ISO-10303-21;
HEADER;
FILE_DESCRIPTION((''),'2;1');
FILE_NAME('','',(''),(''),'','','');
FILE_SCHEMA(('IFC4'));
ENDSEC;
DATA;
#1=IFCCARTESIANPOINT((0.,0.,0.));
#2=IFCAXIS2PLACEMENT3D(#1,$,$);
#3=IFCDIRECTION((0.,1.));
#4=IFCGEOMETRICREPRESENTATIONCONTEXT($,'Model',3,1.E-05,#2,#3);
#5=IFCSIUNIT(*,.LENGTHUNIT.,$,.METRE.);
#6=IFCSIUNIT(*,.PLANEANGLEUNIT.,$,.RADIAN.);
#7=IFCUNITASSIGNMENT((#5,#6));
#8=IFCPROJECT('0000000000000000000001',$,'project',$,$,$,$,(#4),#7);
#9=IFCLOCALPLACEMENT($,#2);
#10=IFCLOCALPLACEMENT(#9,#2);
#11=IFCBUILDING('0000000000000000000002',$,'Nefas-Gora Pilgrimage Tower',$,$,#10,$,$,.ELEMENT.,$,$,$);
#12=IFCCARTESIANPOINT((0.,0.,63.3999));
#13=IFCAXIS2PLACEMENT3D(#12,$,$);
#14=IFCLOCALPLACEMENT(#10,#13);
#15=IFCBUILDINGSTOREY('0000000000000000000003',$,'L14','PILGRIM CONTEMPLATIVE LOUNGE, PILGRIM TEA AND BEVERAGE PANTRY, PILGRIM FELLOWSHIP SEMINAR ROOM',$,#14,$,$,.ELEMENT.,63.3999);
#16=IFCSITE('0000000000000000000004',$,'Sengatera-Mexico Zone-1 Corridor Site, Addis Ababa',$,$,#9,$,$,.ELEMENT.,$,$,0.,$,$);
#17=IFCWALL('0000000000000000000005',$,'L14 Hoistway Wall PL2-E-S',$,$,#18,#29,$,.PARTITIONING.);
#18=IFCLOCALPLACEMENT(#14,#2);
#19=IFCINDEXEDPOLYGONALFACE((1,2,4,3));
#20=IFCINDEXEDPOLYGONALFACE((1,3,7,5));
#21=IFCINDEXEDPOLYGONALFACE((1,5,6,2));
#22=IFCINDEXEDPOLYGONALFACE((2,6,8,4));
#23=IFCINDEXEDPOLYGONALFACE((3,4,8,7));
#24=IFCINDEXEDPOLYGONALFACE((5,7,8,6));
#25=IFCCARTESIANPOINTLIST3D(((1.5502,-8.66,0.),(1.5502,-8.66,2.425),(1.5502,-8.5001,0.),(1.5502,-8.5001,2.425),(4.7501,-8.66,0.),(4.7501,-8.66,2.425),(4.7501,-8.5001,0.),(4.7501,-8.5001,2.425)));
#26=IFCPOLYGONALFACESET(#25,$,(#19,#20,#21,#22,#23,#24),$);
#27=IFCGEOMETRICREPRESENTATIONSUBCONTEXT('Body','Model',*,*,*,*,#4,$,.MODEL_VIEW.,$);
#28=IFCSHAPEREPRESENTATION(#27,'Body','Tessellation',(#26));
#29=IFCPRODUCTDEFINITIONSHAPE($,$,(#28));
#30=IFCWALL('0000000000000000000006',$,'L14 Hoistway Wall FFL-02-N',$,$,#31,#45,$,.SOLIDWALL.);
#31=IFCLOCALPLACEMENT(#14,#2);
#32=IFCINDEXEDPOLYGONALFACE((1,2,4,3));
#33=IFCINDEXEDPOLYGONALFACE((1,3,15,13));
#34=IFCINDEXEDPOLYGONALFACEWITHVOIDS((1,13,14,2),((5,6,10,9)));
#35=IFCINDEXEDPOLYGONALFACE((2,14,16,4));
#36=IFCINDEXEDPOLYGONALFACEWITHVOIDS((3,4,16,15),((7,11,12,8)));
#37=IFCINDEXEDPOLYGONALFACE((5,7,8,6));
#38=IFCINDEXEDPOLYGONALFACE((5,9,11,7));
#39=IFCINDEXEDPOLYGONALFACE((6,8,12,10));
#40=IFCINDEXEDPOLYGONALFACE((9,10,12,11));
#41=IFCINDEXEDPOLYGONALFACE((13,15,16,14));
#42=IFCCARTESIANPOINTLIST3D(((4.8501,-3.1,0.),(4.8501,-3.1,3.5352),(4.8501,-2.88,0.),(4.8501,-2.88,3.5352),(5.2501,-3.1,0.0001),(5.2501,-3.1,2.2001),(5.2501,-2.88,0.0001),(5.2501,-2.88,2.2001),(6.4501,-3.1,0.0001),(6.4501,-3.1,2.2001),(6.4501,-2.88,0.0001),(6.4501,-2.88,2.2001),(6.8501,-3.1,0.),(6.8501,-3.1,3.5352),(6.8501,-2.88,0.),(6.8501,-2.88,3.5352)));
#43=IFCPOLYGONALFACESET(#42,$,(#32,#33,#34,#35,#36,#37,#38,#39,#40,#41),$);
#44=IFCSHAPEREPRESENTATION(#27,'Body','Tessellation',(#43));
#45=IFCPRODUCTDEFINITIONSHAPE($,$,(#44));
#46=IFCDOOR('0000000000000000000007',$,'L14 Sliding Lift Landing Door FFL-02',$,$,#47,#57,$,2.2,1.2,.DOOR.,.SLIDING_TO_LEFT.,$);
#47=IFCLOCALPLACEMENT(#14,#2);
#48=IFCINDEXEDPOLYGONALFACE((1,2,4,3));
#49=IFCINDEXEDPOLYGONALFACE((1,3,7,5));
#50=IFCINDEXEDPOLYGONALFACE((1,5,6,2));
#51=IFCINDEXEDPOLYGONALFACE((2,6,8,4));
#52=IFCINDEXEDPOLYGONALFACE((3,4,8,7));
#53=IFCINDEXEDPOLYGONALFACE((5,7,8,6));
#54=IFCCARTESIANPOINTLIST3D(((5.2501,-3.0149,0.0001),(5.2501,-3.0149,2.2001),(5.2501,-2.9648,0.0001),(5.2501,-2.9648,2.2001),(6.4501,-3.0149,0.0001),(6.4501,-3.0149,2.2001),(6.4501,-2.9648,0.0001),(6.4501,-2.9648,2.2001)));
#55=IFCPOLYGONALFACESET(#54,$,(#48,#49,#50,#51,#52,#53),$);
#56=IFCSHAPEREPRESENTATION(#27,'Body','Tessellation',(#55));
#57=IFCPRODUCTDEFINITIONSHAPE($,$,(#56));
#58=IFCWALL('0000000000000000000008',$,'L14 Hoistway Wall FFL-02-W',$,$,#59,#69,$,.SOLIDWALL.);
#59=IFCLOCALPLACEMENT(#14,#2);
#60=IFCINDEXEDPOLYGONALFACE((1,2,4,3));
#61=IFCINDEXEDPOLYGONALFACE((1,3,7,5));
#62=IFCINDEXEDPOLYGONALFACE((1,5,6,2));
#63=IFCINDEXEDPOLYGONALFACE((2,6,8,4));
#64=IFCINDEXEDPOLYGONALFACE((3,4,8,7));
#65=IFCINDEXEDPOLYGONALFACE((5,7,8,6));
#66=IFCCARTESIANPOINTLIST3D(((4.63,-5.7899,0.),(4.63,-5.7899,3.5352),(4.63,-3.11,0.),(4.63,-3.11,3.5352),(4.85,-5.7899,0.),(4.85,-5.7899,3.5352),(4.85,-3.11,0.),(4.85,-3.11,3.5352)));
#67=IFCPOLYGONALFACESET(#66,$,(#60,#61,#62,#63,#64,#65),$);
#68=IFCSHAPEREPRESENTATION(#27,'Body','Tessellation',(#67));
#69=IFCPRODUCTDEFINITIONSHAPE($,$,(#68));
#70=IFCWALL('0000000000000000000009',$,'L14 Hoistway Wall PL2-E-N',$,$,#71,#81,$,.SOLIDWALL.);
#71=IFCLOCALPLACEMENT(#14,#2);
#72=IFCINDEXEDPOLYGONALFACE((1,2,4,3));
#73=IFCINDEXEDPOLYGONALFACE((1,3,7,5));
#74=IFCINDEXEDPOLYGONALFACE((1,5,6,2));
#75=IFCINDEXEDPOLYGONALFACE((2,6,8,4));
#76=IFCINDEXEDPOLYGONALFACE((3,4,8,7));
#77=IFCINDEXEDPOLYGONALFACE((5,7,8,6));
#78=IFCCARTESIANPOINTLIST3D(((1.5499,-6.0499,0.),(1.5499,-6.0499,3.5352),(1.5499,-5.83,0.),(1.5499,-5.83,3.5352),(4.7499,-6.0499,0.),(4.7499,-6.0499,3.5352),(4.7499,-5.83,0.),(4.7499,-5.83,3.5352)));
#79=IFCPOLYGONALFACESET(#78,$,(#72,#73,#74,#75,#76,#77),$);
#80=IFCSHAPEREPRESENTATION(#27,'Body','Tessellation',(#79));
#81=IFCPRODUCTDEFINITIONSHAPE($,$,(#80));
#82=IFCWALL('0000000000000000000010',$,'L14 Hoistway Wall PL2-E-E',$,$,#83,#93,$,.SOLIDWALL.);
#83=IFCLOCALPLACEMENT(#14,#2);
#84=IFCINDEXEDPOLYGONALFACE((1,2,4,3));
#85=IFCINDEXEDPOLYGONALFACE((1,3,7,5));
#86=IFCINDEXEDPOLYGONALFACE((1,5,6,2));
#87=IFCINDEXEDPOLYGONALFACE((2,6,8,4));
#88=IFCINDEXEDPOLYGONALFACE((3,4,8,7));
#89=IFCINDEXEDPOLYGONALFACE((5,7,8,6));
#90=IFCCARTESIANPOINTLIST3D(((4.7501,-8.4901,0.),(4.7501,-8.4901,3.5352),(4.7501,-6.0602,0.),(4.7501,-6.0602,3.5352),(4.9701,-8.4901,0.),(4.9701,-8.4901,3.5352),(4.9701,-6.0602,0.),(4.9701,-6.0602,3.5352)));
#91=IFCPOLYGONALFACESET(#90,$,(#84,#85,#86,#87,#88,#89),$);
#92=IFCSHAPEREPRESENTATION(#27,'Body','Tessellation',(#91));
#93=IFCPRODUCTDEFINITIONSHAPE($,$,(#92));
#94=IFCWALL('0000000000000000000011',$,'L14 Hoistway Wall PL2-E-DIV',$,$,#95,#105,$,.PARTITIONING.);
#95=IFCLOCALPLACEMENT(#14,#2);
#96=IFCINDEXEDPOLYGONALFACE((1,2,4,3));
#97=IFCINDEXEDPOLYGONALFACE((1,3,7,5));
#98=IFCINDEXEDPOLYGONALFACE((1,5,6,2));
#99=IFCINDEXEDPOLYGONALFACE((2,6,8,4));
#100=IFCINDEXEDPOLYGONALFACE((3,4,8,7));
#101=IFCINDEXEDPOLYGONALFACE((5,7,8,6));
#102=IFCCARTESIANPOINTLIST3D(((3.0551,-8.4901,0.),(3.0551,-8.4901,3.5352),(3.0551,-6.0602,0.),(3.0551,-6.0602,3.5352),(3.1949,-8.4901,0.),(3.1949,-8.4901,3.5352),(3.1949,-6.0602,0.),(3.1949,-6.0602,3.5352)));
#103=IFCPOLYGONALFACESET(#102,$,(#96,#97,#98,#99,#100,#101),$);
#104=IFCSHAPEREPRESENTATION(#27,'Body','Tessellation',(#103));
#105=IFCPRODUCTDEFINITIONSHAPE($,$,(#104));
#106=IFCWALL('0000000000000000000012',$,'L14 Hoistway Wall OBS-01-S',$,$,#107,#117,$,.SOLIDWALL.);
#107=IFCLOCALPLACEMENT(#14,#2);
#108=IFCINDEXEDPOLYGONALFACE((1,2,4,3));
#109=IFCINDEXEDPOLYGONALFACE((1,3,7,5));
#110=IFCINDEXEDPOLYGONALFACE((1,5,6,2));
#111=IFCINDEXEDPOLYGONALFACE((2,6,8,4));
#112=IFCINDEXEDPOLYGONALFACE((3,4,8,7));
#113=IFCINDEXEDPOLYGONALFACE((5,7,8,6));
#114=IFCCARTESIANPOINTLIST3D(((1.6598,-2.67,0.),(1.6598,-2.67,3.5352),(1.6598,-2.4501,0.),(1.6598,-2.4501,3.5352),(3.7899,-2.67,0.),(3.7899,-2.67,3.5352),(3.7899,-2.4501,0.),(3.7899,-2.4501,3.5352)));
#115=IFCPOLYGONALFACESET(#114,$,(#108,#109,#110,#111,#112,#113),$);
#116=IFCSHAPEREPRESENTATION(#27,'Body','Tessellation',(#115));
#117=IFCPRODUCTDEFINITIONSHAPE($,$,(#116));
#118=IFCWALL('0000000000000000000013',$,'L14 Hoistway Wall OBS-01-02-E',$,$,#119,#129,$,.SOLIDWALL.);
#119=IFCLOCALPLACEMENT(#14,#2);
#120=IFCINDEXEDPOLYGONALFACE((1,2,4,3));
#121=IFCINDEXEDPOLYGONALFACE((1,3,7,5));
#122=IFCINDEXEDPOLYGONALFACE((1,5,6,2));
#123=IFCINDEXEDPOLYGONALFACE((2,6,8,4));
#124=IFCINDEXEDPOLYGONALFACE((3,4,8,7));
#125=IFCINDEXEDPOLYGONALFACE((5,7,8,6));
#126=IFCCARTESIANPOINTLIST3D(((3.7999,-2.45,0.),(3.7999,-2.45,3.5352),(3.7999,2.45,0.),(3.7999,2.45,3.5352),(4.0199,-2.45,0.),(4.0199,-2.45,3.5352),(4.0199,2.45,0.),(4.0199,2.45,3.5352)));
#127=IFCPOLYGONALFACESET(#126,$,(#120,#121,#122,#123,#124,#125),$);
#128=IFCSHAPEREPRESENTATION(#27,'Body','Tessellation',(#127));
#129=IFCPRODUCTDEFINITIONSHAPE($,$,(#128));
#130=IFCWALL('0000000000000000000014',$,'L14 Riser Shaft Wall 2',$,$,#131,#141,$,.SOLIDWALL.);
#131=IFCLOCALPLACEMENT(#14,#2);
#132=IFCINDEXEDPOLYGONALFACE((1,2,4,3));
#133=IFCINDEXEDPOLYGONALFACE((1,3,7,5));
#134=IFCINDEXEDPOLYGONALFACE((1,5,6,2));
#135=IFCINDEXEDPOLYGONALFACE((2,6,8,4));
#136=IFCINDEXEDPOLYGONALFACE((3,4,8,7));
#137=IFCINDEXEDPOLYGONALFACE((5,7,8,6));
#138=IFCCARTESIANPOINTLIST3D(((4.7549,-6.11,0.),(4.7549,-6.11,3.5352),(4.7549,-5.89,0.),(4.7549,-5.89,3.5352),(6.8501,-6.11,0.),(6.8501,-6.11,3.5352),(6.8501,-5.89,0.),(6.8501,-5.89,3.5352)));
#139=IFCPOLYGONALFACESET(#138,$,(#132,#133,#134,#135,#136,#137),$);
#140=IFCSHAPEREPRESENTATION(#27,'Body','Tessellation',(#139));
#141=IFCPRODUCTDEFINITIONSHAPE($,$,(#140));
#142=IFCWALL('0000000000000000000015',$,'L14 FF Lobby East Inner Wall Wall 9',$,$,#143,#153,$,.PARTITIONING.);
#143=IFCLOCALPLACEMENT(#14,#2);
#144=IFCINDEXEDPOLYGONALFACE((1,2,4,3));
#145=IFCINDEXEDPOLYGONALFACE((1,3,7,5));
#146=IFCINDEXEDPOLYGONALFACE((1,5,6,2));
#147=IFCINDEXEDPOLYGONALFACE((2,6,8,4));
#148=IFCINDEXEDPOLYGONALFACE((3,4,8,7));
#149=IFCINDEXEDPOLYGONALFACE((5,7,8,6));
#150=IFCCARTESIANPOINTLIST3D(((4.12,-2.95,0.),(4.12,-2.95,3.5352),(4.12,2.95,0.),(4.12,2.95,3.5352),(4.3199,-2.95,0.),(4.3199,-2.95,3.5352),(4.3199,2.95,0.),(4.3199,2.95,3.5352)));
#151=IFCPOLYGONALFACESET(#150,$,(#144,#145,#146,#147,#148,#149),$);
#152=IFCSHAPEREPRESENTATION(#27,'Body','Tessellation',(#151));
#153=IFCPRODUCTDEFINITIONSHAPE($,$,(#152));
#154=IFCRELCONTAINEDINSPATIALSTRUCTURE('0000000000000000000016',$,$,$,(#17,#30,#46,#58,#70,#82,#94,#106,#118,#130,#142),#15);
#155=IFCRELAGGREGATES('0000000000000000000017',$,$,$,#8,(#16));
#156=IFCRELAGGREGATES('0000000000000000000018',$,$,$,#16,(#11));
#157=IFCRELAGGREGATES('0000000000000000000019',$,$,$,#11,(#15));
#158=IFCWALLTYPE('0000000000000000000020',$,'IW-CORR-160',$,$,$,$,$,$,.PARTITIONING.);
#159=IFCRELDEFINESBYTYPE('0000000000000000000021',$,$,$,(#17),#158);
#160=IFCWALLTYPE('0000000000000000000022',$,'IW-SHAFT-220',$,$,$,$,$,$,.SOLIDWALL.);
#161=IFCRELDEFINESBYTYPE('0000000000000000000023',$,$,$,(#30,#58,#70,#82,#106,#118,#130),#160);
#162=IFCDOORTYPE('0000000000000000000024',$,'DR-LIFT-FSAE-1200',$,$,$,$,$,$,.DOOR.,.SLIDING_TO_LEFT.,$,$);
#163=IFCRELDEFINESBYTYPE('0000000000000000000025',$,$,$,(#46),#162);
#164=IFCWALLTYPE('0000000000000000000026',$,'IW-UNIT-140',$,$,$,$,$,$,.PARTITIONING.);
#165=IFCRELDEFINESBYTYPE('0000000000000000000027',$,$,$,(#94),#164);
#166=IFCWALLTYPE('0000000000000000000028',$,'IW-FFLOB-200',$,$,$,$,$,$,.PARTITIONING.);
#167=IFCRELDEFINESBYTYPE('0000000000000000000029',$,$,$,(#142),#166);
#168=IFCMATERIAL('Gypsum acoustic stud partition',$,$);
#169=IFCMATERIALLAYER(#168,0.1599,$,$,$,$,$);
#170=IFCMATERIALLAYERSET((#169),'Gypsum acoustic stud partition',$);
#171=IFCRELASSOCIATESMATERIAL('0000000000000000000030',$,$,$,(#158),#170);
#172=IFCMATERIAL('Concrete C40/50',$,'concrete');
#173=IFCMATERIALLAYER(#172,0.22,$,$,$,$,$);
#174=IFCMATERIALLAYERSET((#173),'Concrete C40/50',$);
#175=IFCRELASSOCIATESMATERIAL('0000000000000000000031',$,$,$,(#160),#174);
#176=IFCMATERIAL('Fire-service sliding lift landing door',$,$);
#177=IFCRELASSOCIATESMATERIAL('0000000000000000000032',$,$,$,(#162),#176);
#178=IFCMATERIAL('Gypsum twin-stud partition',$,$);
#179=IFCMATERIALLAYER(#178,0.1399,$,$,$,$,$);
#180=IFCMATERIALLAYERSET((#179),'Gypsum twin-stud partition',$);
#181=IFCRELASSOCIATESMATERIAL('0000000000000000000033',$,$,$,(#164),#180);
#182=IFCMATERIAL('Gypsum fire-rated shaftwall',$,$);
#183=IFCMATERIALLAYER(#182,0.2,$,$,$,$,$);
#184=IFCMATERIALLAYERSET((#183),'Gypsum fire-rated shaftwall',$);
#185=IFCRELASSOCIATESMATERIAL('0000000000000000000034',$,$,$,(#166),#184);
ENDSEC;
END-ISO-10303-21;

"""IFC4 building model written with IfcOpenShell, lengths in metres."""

from ifc_helpers import new_model, si_unit, direction, frame, frame_2d, origin, place, context, subcontext, project, spatial, rectangle, extrude, source, transform, mapped, material, layer, layer_set, type_object, element, fill, save


model = new_model("IFC4")

# Units and contexts
model_context = context("Model", 3, precision=1e-05, world=origin(), true_north=direction((0.0, 1.0)))
body_context = subcontext(model_context, "Body", "Model", "MODEL_VIEW")
ifc_project = project(units=[si_unit("LENGTHUNIT", "METRE"), si_unit("PLANEANGLEUNIT", "RADIAN")], contexts=[model_context])

# Site, building, storey
site_placement = place(None, origin())
site = spatial("IfcSite", under=ifc_project, at=site_placement, Name="Sengatera-Mexico Zone-1 Corridor Site, Addis Ababa", CompositionType="ELEMENT", RefElevation=0.0)
building_placement = place(site_placement, origin())
building = spatial("IfcBuilding", under=site, at=building_placement, Name="Nefas-Gora Pilgrimage Tower", CompositionType="ELEMENT")
storey_placement = place(building_placement, frame((0.0, 0.0, 63.3999)))
storey = spatial("IfcBuildingStorey", under=building, at=storey_placement, Name="L14", Description="PILGRIM CONTEMPLATIVE LOUNGE, PILGRIM TEA AND BEVERAGE PANTRY, PILGRIM FELLOWSHIP SEMINAR ROOM", CompositionType="ELEMENT", Elevation=63.3999)

# Wall
ifc_material_1 = material(Name="Gypsum acoustic stud partition")
ifc_layer_1 = layer(ifc_material_1, 0.1599)
ifc_layer_set_1 = layer_set([ifc_layer_1], Name="Gypsum acoustic stud partition")
wall_type_1 = type_object("IfcWallType", Name="IW-CORR-160", PredefinedType="PARTITIONING", material=ifc_layer_set_1)
shared_shape_1 = source(origin(), body_context, "Body", "SweptSolid", [
    extrude(rectangle(XDim=3.2, YDim=0.1599, at=frame_2d((1.6001, 0.0))), origin(), (0.0, 0.0, 1.0), 2.425),
])
wall_1_placement = place(storey_placement, frame((1.55, -8.5801, 0.0), z_axis=(0.0, 0.0, 1.0), x_axis=(1.0, 0.0, 0.0)))
element("IfcWall", 1, at=wall_1_placement, inside=storey, type_object=wall_type_1, Name="L14 Hoistway Wall PL2-E-S", PredefinedType="PARTITIONING", context=body_context, shape_type="MappedRepresentation", body=[
    mapped(shared_shape_1, transform((0.0, 0.0, 0.0), x_axis=(1.0, 0.0, 0.0), y_axis=(0.0, 1.0, 0.0), z_axis=(0.0, 0.0, 1.0), scale=1.0)),
])

# Wall, opening, door
ifc_material_2 = material(Name="Concrete C40/50", Category="concrete")
ifc_layer_2 = layer(ifc_material_2, 0.22)
ifc_layer_set_2 = layer_set([ifc_layer_2], Name="Concrete C40/50")
wall_type_2 = type_object("IfcWallType", Name="IW-SHAFT-220", PredefinedType="SOLIDWALL", material=ifc_layer_set_2)
shared_shape_2 = source(origin(), body_context, "Body", "SweptSolid", [
    extrude(rectangle(XDim=2.0, YDim=0.22, at=frame_2d((1.0, 0.0))), origin(), (0.0, 0.0, 1.0), 3.5352),
])
wall_2_placement = place(storey_placement, frame((6.8501, -2.99, 0.0), z_axis=(0.0, 0.0, 1.0), x_axis=(-1.0, 0.0, 0.0)))
wall_2 = element("IfcWall", 2, at=wall_2_placement, inside=storey, type_object=wall_type_2, Name="L14 Hoistway Wall FFL-02-N", PredefinedType="SOLIDWALL", context=body_context, shape_type="MappedRepresentation", body=[
    mapped(shared_shape_2, transform((0.0, 0.0, 0.0), x_axis=(1.0, 0.0, 0.0), y_axis=(0.0, 1.0, 0.0), z_axis=(0.0, 0.0, 1.0), scale=1.0)),
])
opening_1_placement = place(wall_2_placement, frame((0.3999, 0.0, 0.0)))
opening_1 = element("IfcOpeningElement", 3, at=opening_1_placement, cuts=wall_2, PredefinedType="OPENING", context=body_context, shape_type="SweptSolid", body=[
    extrude(rectangle(XDim=1.2, YDim=2.2, at=frame_2d((0.6001, 1.1001))), frame((0.0, 0.1199, 0.0), z_axis=(0.0, -1.0, 0.0), x_axis=(1.0, 0.0, 0.0)), (0.0, 0.0, 1.0), 0.24),
])
ifc_material_3 = material(Name="Fire-service sliding lift landing door")
door_type_1 = type_object("IfcDoorType", Name="DR-LIFT-FSAE-1200", OperationType="SLIDING_TO_LEFT", PredefinedType="DOOR", material=ifc_material_3)
shared_shape_3 = source(origin(), body_context, "Body", "SweptSolid", [
    extrude(rectangle(XDim=1.2, YDim=2.2, at=frame_2d((0.6001, 1.1001))), frame((0.0, 0.0249, 0.0), z_axis=(0.0, -1.0, 0.0), x_axis=(1.0, 0.0, 0.0)), (0.0, 0.0, 1.0), 0.05),
])
door_1_placement = place(opening_1_placement, origin())
door_1 = element("IfcDoor", 4, at=door_1_placement, inside=storey, type_object=door_type_1, Name="L14 Sliding Lift Landing Door FFL-02", OperationType="SLIDING_TO_LEFT", OverallHeight=2.2, OverallWidth=1.2, PredefinedType="DOOR", context=body_context, shape_type="MappedRepresentation", body=[
    mapped(shared_shape_3, transform((0.0, 0.0, 0.0), x_axis=(1.0, 0.0, 0.0), y_axis=(0.0, 1.0, 0.0), z_axis=(0.0, 0.0, 1.0), scale=1.0)),
])
fill(opening_1, door_1)

# Walls
shared_shape_4 = source(origin(), body_context, "Body", "SweptSolid", [
    extrude(rectangle(XDim=2.6799, YDim=0.22, at=frame_2d((1.3398, 0.0))), origin(), (0.0, 0.0, 1.0), 3.5352),
])
wall_3_placement = place(storey_placement, frame((4.74, -3.1101, 0.0), z_axis=(0.0, 0.0, 1.0), x_axis=(0.0, -1.0, 0.0)))
element("IfcWall", 5, at=wall_3_placement, inside=storey, type_object=wall_type_2, Name="L14 Hoistway Wall FFL-02-W", PredefinedType="SOLIDWALL", context=body_context, shape_type="MappedRepresentation", body=[
    mapped(shared_shape_4, transform((0.0, 0.0, 0.0), x_axis=(1.0, 0.0, 0.0), y_axis=(0.0, 1.0, 0.0), z_axis=(0.0, 0.0, 1.0), scale=1.0)),
])
shared_shape_5 = source(origin(), body_context, "Body", "SweptSolid", [
    extrude(rectangle(XDim=3.2, YDim=0.22, at=frame_2d((1.6001, 0.0))), origin(), (0.0, 0.0, 1.0), 3.5352),
])
wall_4_placement = place(storey_placement, frame((4.75, -5.9399, 0.0), z_axis=(0.0, 0.0, 1.0), x_axis=(-1.0, 0.0, 0.0)))
element("IfcWall", 6, at=wall_4_placement, inside=storey, type_object=wall_type_2, Name="L14 Hoistway Wall PL2-E-N", PredefinedType="SOLIDWALL", context=body_context, shape_type="MappedRepresentation", body=[
    mapped(shared_shape_5, transform((0.0, 0.0, 0.0), x_axis=(1.0, 0.0, 0.0), y_axis=(0.0, 1.0, 0.0), z_axis=(0.0, 0.0, 1.0), scale=1.0)),
])
shared_shape_6 = source(origin(), body_context, "Body", "SweptSolid", [
    extrude(rectangle(XDim=2.4299, YDim=0.22, at=frame_2d((1.2148, 0.0))), origin(), (0.0, 0.0, 1.0), 3.5352),
])
for number, where, z_axis, x_axis, name in (
    (7, (4.8601, -8.49, 0.0), (0.0, 0.0, 1.0), (0.0, 1.0, 0.0), "L14 Hoistway Wall PL2-E-E"),
):
    element("IfcWall", number, at=place(storey_placement, frame(where, z_axis=z_axis, x_axis=x_axis)), inside=storey, type_object=wall_type_2, Name=name, PredefinedType="SOLIDWALL", context=body_context, shape_type="MappedRepresentation", body=[
        mapped(shared_shape_6, transform((0.0, 0.0, 0.0), x_axis=(1.0, 0.0, 0.0), y_axis=(0.0, 1.0, 0.0), z_axis=(0.0, 0.0, 1.0), scale=1.0)),
    ])
ifc_material_4 = material(Name="Gypsum twin-stud partition")
ifc_layer_3 = layer(ifc_material_4, 0.1399)
ifc_layer_set_3 = layer_set([ifc_layer_3], Name="Gypsum twin-stud partition")
wall_type_3 = type_object("IfcWallType", Name="IW-UNIT-140", PredefinedType="PARTITIONING", material=ifc_layer_set_3)
shared_shape_7 = source(origin(), body_context, "Body", "SweptSolid", [
    extrude(rectangle(XDim=2.4299, YDim=0.1399, at=frame_2d((1.2148, 0.0))), origin(), (0.0, 0.0, 1.0), 3.5352),
])
wall_5_placement = place(storey_placement, frame((3.125, -8.49, 0.0), z_axis=(0.0, 0.0, 1.0), x_axis=(0.0, 1.0, 0.0)))
element("IfcWall", 8, at=wall_5_placement, inside=storey, type_object=wall_type_3, Name="L14 Hoistway Wall PL2-E-DIV", PredefinedType="PARTITIONING", context=body_context, shape_type="MappedRepresentation", body=[
    mapped(shared_shape_7, transform((0.0, 0.0, 0.0), x_axis=(1.0, 0.0, 0.0), y_axis=(0.0, 1.0, 0.0), z_axis=(0.0, 0.0, 1.0), scale=1.0)),
])
shared_shape_8 = source(origin(), body_context, "Body", "SweptSolid", [
    extrude(rectangle(XDim=2.1301, YDim=0.22, at=frame_2d((1.0649, 0.0))), origin(), (0.0, 0.0, 1.0), 3.5352),
])
wall_6_placement = place(storey_placement, frame((1.6599, -2.5601, 0.0), z_axis=(0.0, 0.0, 1.0), x_axis=(1.0, 0.0, 0.0)))
element("IfcWall", 9, at=wall_6_placement, inside=storey, type_object=wall_type_2, Name="L14 Hoistway Wall OBS-01-S", PredefinedType="SOLIDWALL", context=body_context, shape_type="MappedRepresentation", body=[
    mapped(shared_shape_8, transform((0.0, 0.0, 0.0), x_axis=(1.0, 0.0, 0.0), y_axis=(0.0, 1.0, 0.0), z_axis=(0.0, 0.0, 1.0), scale=1.0)),
])
shared_shape_9 = source(origin(), body_context, "Body", "SweptSolid", [
    extrude(rectangle(XDim=4.8999, YDim=0.22, at=frame_2d((2.45, 0.0))), origin(), (0.0, 0.0, 1.0), 3.5352),
])
wall_7_placement = place(storey_placement, frame((3.9099, -2.45, 0.0), z_axis=(0.0, 0.0, 1.0), x_axis=(0.0, 1.0, 0.0)))
element("IfcWall", 10, at=wall_7_placement, inside=storey, type_object=wall_type_2, Name="L14 Hoistway Wall OBS-01-02-E", PredefinedType="SOLIDWALL", context=body_context, shape_type="MappedRepresentation", body=[
    mapped(shared_shape_9, transform((0.0, 0.0, 0.0), x_axis=(1.0, 0.0, 0.0), y_axis=(0.0, 1.0, 0.0), z_axis=(0.0, 0.0, 1.0), scale=1.0)),
])

# Shared definitions
ifc_material_5 = material(Name="Gypsum fire-rated shaftwall")
ifc_layer_4 = layer(ifc_material_5, 0.2)
ifc_layer_set_4 = layer_set([ifc_layer_4], Name="Gypsum fire-rated shaftwall")
wall_type_4 = type_object("IfcWallType", Name="IW-FFLOB-200", PredefinedType="PARTITIONING", material=ifc_layer_set_4)

# Walls
shared_shape_10 = source(origin(), body_context, "Body", "SweptSolid", [
    extrude(rectangle(XDim=2.0952, YDim=0.22, at=frame_2d((1.0476, 0.0))), origin(), (0.0, 0.0, 1.0), 3.5352),
])
wall_8_placement = place(storey_placement, frame((4.7549, -6.0, 0.0), z_axis=(0.0, 0.0, 1.0), x_axis=(1.0, 0.0, 0.0)))
element("IfcWall", 11, at=wall_8_placement, inside=storey, type_object=wall_type_2, Name="L14 Riser Shaft Wall 2", PredefinedType="SOLIDWALL", context=body_context, shape_type="MappedRepresentation", body=[
    mapped(shared_shape_10, transform((0.0, 0.0, 0.0), x_axis=(1.0, 0.0, 0.0), y_axis=(0.0, 1.0, 0.0), z_axis=(0.0, 0.0, 1.0), scale=1.0)),
])
shared_shape_11 = source(origin(), body_context, "Body", "SweptSolid", [
    extrude(rectangle(XDim=5.8999, YDim=0.2, at=frame_2d((2.95, 0.0))), origin(), (0.0, 0.0, 1.0), 3.5352),
])
wall_9_placement = place(storey_placement, frame((4.22, -2.95, 0.0), z_axis=(0.0, 0.0, 1.0), x_axis=(0.0, 1.0, 0.0)))
element("IfcWall", 12, at=wall_9_placement, inside=storey, type_object=wall_type_4, Name="L14 FF Lobby East Inner Wall Wall 9", PredefinedType="PARTITIONING", context=body_context, shape_type="MappedRepresentation", body=[
    mapped(shared_shape_11, transform((0.0, 0.0, 0.0), x_axis=(1.0, 0.0, 0.0), y_axis=(0.0, 1.0, 0.0), z_axis=(0.0, 0.0, 1.0), scale=1.0)),
])

save(model, "model.ifc")
